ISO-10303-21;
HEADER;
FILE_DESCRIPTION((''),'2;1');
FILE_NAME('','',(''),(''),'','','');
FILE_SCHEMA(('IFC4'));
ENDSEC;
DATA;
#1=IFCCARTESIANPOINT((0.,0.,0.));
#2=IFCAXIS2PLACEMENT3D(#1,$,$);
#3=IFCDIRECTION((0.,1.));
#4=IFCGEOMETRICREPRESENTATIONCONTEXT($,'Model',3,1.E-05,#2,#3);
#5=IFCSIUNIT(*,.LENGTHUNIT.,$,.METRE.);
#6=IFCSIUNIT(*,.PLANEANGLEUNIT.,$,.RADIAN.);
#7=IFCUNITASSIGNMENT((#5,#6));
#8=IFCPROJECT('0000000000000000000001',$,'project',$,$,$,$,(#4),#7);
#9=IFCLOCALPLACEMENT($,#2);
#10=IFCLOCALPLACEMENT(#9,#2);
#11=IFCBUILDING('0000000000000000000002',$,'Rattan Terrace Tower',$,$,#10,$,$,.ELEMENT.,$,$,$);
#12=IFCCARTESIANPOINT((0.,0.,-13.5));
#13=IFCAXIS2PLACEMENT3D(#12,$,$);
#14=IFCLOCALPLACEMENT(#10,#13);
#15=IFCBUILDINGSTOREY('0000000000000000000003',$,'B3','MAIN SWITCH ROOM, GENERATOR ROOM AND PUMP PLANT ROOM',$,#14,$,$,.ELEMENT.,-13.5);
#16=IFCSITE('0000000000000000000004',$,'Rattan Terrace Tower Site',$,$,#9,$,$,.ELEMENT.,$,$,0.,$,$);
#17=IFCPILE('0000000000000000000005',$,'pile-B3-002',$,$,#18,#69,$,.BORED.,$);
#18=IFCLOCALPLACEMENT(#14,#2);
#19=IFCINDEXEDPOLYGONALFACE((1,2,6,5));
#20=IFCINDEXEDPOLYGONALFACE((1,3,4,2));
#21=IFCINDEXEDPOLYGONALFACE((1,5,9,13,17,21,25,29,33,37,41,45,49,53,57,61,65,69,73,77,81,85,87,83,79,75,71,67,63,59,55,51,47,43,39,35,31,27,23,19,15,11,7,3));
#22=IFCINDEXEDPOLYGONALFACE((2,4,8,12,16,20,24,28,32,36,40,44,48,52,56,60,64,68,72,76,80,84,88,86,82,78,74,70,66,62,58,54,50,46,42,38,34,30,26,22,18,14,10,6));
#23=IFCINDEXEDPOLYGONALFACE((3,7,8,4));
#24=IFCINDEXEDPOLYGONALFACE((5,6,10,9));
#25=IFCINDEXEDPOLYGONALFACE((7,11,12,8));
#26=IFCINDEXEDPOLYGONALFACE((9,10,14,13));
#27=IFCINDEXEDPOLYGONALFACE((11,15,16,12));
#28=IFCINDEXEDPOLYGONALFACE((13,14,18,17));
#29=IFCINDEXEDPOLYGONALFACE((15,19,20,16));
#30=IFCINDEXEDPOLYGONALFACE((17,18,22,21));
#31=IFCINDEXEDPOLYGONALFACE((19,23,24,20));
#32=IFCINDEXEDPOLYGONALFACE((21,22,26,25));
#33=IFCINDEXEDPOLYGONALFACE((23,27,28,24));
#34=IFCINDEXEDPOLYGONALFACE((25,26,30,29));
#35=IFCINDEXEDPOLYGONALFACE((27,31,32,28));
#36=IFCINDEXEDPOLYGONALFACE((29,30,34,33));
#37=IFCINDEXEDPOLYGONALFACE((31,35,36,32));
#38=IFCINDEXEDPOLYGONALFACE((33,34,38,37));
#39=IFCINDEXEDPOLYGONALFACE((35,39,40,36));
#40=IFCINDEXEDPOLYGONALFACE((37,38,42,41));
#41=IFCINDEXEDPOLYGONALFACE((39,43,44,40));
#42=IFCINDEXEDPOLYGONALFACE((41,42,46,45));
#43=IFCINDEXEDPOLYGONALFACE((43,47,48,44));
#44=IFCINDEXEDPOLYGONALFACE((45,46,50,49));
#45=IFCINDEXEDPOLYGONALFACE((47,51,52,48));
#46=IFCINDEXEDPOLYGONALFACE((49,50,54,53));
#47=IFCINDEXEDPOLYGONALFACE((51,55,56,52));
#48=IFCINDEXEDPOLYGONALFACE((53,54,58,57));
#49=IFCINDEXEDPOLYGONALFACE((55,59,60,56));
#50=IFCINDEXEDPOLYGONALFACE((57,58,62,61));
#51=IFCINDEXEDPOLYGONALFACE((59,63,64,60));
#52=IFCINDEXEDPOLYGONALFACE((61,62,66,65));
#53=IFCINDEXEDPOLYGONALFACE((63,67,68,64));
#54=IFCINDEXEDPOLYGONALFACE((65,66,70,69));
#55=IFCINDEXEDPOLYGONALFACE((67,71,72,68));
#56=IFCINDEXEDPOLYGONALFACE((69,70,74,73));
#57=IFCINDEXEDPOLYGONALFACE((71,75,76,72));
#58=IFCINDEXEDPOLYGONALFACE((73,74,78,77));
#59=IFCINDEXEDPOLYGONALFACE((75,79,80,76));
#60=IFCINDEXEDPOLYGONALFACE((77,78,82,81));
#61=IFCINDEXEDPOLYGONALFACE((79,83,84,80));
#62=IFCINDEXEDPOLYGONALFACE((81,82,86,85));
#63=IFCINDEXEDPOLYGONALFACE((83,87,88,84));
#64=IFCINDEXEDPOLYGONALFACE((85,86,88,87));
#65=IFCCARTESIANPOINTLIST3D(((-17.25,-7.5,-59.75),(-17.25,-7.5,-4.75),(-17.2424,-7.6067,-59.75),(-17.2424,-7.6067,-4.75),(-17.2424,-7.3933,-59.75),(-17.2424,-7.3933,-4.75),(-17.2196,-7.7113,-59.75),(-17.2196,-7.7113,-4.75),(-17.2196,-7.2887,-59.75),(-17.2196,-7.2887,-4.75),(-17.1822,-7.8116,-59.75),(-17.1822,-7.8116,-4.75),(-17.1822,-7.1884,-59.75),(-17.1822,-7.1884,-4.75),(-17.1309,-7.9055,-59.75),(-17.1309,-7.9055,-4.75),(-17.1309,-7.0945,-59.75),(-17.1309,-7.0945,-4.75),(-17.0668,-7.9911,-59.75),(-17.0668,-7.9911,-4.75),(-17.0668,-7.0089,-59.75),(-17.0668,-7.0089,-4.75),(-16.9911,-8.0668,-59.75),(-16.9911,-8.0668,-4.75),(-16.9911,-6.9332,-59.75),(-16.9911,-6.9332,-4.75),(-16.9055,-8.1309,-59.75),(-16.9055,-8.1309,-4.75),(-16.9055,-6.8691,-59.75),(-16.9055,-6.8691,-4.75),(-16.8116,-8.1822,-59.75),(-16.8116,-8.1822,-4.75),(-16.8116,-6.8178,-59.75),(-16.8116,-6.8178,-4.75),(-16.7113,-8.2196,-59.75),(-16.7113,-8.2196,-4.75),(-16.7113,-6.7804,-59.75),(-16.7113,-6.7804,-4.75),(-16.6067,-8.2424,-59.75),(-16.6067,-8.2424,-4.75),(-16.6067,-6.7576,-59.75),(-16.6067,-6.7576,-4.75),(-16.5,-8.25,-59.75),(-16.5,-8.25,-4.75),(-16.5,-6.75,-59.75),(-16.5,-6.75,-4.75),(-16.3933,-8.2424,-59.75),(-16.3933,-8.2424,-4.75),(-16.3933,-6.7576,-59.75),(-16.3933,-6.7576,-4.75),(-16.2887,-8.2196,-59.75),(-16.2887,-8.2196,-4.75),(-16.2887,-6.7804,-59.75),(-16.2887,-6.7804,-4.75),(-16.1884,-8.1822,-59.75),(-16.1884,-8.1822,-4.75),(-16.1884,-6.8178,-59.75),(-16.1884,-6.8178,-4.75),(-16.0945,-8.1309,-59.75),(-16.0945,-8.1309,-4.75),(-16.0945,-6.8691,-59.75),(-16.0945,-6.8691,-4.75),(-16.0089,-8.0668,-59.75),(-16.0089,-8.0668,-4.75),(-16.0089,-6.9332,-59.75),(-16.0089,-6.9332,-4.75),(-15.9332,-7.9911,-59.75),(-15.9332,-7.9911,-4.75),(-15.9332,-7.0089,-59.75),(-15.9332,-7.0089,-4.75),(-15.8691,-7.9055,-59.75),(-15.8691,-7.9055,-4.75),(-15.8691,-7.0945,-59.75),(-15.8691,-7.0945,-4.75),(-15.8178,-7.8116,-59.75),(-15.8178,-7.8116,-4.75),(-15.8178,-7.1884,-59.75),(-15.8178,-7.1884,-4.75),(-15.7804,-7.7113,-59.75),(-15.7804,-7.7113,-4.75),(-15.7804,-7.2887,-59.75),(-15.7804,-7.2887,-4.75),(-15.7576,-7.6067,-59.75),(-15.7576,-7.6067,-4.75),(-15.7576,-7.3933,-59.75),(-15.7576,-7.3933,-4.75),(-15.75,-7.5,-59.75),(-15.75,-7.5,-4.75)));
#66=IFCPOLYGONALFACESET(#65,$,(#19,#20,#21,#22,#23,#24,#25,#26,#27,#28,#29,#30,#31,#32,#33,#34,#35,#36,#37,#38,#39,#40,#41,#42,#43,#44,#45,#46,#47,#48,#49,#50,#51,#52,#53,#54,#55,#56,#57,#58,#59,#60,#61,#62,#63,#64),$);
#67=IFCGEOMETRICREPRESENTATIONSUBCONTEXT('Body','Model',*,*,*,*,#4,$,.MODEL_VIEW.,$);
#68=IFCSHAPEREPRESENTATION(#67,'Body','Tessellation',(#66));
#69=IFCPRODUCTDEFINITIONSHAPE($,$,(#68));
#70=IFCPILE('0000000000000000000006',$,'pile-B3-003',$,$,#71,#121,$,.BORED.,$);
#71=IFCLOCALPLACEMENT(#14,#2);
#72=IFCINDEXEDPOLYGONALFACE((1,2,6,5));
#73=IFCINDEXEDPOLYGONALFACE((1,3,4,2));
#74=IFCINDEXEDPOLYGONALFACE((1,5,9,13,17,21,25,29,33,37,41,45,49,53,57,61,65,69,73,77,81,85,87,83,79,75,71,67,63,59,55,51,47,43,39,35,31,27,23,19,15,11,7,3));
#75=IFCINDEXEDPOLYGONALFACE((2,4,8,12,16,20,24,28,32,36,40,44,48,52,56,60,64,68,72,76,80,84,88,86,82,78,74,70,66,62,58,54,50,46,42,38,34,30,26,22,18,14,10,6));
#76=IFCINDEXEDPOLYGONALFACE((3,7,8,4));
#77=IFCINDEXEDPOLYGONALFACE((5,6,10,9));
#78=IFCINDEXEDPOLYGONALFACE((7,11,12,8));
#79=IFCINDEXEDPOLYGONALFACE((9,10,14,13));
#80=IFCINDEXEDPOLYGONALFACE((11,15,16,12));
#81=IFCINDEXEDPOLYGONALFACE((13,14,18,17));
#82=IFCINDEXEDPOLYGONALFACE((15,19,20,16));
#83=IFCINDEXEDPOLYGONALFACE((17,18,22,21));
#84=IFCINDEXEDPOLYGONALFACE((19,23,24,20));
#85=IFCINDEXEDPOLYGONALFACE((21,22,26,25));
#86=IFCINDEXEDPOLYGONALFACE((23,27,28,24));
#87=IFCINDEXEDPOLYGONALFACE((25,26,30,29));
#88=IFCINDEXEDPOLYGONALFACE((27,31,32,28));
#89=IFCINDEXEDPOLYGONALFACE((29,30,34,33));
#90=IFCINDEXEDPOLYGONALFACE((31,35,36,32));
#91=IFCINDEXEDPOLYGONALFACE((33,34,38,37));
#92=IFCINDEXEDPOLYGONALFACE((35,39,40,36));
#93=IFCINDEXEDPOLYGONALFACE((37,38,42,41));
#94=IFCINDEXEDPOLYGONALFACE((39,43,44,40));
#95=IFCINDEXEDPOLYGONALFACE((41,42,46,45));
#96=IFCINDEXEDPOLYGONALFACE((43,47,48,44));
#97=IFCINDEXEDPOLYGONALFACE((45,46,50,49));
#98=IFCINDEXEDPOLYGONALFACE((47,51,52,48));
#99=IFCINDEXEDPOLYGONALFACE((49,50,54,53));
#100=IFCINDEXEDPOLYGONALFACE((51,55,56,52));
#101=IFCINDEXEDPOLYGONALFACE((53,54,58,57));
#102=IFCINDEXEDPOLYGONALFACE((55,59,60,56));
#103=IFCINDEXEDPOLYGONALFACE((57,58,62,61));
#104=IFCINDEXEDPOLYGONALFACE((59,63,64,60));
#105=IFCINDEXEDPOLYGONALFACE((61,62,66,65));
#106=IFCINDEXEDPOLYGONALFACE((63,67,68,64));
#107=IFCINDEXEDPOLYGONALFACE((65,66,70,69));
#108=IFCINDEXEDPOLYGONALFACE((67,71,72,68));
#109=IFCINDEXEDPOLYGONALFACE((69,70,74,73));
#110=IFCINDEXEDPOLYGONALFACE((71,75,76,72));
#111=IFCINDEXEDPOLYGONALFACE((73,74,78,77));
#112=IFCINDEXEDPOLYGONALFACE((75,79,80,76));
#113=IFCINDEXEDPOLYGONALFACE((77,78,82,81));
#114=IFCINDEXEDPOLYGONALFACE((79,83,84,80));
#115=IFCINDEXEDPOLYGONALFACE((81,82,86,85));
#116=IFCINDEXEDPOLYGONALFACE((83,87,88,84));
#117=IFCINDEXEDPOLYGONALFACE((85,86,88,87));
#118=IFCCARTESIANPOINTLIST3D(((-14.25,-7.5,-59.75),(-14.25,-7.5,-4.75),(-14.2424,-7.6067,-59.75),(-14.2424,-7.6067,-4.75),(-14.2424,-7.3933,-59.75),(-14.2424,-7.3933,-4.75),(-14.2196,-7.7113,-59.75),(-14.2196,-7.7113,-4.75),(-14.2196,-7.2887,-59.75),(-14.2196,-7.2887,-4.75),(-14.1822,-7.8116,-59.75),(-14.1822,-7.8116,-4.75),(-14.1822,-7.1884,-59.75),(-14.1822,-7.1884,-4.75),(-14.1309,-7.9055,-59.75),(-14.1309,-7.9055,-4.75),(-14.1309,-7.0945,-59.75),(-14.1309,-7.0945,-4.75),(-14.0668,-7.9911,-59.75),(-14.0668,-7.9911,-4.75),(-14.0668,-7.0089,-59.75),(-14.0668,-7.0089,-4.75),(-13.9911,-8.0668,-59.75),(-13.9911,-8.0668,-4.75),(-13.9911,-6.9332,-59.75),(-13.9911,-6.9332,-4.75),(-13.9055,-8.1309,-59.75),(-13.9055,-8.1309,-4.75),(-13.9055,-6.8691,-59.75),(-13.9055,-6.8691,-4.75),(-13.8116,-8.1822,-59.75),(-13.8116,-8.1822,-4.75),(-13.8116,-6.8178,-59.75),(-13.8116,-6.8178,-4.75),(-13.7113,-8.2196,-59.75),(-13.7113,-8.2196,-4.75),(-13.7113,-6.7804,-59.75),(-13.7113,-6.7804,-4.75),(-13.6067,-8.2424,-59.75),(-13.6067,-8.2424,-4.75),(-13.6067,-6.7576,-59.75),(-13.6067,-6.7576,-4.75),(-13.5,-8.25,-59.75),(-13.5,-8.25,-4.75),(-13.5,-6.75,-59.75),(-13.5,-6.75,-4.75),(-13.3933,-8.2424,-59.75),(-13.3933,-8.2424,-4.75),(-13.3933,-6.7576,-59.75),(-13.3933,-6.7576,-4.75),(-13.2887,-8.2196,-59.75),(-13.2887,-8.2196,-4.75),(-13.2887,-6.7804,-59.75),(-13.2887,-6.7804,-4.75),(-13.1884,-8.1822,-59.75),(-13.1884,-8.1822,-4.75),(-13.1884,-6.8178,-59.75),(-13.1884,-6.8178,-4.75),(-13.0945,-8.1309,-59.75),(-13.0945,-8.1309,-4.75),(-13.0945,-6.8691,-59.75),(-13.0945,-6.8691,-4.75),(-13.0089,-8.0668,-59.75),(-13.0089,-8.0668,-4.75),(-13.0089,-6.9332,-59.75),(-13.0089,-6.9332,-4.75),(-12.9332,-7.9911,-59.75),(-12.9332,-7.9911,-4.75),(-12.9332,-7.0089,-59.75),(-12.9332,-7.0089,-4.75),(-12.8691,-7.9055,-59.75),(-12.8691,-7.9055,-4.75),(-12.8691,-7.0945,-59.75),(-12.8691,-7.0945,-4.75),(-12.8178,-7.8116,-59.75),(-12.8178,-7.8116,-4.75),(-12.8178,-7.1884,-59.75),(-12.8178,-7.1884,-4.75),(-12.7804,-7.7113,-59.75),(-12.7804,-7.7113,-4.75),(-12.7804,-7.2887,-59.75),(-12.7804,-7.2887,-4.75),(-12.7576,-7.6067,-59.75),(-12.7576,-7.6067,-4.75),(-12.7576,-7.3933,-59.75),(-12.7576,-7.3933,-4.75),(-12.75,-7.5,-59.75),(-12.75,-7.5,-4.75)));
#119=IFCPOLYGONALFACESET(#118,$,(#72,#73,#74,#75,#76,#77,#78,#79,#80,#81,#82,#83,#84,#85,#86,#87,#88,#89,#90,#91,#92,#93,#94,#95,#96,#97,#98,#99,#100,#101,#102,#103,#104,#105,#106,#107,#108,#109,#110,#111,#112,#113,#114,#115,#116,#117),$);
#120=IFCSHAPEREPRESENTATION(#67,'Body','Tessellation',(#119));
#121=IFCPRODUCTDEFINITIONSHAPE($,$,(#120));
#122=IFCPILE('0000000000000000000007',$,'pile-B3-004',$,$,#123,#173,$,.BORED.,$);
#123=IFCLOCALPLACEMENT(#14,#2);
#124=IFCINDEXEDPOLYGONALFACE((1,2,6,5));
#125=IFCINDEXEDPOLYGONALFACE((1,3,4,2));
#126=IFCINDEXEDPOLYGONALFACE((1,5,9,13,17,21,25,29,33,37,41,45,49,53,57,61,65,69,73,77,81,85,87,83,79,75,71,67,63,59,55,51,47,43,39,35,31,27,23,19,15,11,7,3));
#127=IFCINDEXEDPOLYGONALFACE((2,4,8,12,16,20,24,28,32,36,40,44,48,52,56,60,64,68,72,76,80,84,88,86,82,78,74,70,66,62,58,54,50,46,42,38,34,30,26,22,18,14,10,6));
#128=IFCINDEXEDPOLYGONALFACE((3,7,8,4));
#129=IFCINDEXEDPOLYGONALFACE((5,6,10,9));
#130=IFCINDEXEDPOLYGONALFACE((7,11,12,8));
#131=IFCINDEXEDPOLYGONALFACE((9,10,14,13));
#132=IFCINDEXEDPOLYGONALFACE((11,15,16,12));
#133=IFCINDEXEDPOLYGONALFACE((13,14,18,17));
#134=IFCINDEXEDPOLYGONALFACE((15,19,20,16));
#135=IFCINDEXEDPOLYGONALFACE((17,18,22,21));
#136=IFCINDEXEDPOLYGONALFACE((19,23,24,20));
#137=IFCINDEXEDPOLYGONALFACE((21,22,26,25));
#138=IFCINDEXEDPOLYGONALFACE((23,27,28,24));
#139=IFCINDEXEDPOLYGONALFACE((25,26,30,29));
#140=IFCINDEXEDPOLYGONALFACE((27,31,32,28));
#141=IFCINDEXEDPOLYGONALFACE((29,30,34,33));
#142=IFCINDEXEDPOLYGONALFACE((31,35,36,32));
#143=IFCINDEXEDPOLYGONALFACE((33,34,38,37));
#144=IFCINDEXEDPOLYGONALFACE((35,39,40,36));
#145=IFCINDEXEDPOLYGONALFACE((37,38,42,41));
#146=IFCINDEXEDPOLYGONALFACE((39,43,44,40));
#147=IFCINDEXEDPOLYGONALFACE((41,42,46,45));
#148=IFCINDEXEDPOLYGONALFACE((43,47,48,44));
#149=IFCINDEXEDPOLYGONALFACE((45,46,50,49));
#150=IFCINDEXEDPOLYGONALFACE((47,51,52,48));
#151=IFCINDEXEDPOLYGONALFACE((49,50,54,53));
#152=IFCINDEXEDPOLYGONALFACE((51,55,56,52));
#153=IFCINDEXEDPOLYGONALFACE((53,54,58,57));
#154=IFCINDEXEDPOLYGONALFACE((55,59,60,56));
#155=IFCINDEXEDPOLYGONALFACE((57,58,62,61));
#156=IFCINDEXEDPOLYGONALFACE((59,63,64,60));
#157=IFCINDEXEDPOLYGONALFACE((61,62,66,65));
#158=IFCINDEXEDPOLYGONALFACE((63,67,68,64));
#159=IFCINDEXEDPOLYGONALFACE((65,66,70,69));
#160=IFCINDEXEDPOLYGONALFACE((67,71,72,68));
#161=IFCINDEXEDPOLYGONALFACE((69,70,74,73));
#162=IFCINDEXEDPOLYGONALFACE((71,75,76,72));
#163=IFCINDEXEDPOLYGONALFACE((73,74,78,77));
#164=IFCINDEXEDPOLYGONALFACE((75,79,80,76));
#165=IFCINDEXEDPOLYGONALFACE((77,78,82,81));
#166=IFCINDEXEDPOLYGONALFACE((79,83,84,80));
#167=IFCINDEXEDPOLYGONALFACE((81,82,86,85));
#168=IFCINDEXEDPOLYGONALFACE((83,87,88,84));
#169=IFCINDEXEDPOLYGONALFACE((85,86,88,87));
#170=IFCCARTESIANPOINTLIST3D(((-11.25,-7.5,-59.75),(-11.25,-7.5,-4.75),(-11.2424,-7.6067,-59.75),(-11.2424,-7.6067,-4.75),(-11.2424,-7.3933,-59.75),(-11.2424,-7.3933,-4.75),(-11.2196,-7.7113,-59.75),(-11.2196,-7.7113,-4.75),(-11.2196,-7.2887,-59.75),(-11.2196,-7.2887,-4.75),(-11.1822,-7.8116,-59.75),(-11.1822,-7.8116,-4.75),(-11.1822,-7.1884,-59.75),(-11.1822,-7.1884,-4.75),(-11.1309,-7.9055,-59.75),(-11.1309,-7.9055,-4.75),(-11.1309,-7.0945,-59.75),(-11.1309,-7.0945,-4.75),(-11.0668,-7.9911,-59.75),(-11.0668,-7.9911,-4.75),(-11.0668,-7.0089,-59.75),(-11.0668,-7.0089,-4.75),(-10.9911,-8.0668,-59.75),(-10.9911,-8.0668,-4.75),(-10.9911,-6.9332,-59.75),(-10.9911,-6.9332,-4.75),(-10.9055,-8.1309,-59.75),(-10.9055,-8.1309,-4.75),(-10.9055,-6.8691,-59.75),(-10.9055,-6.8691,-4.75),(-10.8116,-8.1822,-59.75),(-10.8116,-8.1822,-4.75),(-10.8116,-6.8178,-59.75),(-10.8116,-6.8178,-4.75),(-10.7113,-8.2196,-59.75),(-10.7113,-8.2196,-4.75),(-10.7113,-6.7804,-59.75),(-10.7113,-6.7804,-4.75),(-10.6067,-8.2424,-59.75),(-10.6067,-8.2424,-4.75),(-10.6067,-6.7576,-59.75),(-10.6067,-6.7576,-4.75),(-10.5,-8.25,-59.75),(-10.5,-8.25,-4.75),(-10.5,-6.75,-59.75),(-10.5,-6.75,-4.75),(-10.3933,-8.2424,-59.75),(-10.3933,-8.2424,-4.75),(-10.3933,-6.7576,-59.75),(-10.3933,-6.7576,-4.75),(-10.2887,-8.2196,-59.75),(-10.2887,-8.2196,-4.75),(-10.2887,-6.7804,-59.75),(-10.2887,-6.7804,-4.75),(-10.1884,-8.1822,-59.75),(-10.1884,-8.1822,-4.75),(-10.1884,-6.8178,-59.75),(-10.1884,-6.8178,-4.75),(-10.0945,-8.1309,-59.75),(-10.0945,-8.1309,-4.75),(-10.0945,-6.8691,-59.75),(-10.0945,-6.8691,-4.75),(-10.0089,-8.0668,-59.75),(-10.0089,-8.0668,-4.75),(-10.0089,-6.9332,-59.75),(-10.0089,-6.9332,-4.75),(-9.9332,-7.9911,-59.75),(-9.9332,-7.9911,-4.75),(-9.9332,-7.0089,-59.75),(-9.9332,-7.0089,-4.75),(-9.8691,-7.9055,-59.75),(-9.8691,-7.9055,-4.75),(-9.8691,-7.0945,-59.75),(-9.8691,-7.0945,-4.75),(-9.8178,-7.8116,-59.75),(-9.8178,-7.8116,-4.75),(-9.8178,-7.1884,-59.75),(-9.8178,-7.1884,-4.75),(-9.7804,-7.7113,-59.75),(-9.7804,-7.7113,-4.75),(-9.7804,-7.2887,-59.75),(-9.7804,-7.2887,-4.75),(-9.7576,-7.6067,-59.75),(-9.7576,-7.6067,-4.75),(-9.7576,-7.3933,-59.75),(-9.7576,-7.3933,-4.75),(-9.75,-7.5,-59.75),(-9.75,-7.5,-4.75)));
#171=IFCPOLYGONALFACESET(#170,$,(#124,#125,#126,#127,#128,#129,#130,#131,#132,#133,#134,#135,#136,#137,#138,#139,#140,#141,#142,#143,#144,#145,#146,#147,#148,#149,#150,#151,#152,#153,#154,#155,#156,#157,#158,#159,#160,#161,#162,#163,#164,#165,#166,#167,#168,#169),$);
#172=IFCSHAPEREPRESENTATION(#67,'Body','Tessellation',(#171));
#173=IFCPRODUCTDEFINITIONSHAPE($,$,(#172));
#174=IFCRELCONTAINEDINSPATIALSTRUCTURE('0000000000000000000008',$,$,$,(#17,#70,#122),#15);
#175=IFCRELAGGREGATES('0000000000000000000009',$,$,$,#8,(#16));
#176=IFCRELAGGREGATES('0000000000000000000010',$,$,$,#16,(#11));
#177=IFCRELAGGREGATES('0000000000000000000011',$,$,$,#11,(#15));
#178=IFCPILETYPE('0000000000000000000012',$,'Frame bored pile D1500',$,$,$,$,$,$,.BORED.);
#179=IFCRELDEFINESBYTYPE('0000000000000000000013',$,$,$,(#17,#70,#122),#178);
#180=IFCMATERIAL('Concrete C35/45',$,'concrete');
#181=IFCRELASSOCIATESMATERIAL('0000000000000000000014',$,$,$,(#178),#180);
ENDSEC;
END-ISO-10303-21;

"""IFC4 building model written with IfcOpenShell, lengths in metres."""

from ifc_helpers import new_model, si_unit, direction, frame, origin, origin_2d, place, context, subcontext, project, spatial, circle, extrude, material, material_profile, profile_set, type_object, element, save


model = new_model("IFC4")

# Units and contexts
model_context = context("Model", 3, precision=1e-05, world=origin(), true_north=direction((0.0, 1.0)))
body_context = subcontext(model_context, "Body", "Model", "MODEL_VIEW")
ifc_project = project(units=[si_unit("LENGTHUNIT", "METRE"), si_unit("PLANEANGLEUNIT", "RADIAN")], contexts=[model_context])

# Site, building, storey
site_placement = place(None, origin())
site = spatial("IfcSite", under=ifc_project, at=site_placement, Name="Rattan Terrace Tower Site", CompositionType="ELEMENT", RefElevation=0.0)
building_placement = place(site_placement, origin())
building = spatial("IfcBuilding", under=site, at=building_placement, Name="Rattan Terrace Tower", CompositionType="ELEMENT")
storey_placement = place(building_placement, frame((0.0, 0.0, -13.5)))
storey = spatial("IfcBuildingStorey", under=building, at=storey_placement, Name="B3", Description="MAIN SWITCH ROOM, GENERATOR ROOM AND PUMP PLANT ROOM", CompositionType="ELEMENT", Elevation=-13.5)

# Piles
ifc_material_1 = material(Name="Concrete C35/45", Category="concrete")
ifc_material_profile_1 = material_profile(ifc_material_1, circle(Radius=0.75, at=origin_2d()), Name="PILE D1500")
ifc_profile_set_1 = profile_set([ifc_material_profile_1], Name="Concrete C35/45")
pile_type = type_object("IfcPileType", Name="Frame bored pile D1500", PredefinedType="BORED", material=ifc_profile_set_1)
for number, where, z_axis, x_axis, name in (
    (1, (-16.5, -7.5, -4.75), (0.0, 0.0, -1.0), (1.0, 0.0, 0.0), "pile-B3-002"),
    (2, (-13.5, -7.5, -4.75), (0.0, 0.0, -1.0), (1.0, 0.0, 0.0), "pile-B3-003"),
    (3, (-10.5, -7.5, -4.75), (0.0, 0.0, -1.0), (1.0, 0.0, 0.0), "pile-B3-004"),
):
    element("IfcPile", number, at=place(storey_placement, frame(where, z_axis=z_axis, x_axis=x_axis)), inside=storey, type_object=pile_type, Name=name, PredefinedType="BORED", context=body_context, shape_type="SweptSolid", body=[
        extrude(circle(Radius=0.75, at=origin_2d()), origin(), (0.0, 0.0, 1.0), 55.0),
    ])

save(model, "model.ifc")
